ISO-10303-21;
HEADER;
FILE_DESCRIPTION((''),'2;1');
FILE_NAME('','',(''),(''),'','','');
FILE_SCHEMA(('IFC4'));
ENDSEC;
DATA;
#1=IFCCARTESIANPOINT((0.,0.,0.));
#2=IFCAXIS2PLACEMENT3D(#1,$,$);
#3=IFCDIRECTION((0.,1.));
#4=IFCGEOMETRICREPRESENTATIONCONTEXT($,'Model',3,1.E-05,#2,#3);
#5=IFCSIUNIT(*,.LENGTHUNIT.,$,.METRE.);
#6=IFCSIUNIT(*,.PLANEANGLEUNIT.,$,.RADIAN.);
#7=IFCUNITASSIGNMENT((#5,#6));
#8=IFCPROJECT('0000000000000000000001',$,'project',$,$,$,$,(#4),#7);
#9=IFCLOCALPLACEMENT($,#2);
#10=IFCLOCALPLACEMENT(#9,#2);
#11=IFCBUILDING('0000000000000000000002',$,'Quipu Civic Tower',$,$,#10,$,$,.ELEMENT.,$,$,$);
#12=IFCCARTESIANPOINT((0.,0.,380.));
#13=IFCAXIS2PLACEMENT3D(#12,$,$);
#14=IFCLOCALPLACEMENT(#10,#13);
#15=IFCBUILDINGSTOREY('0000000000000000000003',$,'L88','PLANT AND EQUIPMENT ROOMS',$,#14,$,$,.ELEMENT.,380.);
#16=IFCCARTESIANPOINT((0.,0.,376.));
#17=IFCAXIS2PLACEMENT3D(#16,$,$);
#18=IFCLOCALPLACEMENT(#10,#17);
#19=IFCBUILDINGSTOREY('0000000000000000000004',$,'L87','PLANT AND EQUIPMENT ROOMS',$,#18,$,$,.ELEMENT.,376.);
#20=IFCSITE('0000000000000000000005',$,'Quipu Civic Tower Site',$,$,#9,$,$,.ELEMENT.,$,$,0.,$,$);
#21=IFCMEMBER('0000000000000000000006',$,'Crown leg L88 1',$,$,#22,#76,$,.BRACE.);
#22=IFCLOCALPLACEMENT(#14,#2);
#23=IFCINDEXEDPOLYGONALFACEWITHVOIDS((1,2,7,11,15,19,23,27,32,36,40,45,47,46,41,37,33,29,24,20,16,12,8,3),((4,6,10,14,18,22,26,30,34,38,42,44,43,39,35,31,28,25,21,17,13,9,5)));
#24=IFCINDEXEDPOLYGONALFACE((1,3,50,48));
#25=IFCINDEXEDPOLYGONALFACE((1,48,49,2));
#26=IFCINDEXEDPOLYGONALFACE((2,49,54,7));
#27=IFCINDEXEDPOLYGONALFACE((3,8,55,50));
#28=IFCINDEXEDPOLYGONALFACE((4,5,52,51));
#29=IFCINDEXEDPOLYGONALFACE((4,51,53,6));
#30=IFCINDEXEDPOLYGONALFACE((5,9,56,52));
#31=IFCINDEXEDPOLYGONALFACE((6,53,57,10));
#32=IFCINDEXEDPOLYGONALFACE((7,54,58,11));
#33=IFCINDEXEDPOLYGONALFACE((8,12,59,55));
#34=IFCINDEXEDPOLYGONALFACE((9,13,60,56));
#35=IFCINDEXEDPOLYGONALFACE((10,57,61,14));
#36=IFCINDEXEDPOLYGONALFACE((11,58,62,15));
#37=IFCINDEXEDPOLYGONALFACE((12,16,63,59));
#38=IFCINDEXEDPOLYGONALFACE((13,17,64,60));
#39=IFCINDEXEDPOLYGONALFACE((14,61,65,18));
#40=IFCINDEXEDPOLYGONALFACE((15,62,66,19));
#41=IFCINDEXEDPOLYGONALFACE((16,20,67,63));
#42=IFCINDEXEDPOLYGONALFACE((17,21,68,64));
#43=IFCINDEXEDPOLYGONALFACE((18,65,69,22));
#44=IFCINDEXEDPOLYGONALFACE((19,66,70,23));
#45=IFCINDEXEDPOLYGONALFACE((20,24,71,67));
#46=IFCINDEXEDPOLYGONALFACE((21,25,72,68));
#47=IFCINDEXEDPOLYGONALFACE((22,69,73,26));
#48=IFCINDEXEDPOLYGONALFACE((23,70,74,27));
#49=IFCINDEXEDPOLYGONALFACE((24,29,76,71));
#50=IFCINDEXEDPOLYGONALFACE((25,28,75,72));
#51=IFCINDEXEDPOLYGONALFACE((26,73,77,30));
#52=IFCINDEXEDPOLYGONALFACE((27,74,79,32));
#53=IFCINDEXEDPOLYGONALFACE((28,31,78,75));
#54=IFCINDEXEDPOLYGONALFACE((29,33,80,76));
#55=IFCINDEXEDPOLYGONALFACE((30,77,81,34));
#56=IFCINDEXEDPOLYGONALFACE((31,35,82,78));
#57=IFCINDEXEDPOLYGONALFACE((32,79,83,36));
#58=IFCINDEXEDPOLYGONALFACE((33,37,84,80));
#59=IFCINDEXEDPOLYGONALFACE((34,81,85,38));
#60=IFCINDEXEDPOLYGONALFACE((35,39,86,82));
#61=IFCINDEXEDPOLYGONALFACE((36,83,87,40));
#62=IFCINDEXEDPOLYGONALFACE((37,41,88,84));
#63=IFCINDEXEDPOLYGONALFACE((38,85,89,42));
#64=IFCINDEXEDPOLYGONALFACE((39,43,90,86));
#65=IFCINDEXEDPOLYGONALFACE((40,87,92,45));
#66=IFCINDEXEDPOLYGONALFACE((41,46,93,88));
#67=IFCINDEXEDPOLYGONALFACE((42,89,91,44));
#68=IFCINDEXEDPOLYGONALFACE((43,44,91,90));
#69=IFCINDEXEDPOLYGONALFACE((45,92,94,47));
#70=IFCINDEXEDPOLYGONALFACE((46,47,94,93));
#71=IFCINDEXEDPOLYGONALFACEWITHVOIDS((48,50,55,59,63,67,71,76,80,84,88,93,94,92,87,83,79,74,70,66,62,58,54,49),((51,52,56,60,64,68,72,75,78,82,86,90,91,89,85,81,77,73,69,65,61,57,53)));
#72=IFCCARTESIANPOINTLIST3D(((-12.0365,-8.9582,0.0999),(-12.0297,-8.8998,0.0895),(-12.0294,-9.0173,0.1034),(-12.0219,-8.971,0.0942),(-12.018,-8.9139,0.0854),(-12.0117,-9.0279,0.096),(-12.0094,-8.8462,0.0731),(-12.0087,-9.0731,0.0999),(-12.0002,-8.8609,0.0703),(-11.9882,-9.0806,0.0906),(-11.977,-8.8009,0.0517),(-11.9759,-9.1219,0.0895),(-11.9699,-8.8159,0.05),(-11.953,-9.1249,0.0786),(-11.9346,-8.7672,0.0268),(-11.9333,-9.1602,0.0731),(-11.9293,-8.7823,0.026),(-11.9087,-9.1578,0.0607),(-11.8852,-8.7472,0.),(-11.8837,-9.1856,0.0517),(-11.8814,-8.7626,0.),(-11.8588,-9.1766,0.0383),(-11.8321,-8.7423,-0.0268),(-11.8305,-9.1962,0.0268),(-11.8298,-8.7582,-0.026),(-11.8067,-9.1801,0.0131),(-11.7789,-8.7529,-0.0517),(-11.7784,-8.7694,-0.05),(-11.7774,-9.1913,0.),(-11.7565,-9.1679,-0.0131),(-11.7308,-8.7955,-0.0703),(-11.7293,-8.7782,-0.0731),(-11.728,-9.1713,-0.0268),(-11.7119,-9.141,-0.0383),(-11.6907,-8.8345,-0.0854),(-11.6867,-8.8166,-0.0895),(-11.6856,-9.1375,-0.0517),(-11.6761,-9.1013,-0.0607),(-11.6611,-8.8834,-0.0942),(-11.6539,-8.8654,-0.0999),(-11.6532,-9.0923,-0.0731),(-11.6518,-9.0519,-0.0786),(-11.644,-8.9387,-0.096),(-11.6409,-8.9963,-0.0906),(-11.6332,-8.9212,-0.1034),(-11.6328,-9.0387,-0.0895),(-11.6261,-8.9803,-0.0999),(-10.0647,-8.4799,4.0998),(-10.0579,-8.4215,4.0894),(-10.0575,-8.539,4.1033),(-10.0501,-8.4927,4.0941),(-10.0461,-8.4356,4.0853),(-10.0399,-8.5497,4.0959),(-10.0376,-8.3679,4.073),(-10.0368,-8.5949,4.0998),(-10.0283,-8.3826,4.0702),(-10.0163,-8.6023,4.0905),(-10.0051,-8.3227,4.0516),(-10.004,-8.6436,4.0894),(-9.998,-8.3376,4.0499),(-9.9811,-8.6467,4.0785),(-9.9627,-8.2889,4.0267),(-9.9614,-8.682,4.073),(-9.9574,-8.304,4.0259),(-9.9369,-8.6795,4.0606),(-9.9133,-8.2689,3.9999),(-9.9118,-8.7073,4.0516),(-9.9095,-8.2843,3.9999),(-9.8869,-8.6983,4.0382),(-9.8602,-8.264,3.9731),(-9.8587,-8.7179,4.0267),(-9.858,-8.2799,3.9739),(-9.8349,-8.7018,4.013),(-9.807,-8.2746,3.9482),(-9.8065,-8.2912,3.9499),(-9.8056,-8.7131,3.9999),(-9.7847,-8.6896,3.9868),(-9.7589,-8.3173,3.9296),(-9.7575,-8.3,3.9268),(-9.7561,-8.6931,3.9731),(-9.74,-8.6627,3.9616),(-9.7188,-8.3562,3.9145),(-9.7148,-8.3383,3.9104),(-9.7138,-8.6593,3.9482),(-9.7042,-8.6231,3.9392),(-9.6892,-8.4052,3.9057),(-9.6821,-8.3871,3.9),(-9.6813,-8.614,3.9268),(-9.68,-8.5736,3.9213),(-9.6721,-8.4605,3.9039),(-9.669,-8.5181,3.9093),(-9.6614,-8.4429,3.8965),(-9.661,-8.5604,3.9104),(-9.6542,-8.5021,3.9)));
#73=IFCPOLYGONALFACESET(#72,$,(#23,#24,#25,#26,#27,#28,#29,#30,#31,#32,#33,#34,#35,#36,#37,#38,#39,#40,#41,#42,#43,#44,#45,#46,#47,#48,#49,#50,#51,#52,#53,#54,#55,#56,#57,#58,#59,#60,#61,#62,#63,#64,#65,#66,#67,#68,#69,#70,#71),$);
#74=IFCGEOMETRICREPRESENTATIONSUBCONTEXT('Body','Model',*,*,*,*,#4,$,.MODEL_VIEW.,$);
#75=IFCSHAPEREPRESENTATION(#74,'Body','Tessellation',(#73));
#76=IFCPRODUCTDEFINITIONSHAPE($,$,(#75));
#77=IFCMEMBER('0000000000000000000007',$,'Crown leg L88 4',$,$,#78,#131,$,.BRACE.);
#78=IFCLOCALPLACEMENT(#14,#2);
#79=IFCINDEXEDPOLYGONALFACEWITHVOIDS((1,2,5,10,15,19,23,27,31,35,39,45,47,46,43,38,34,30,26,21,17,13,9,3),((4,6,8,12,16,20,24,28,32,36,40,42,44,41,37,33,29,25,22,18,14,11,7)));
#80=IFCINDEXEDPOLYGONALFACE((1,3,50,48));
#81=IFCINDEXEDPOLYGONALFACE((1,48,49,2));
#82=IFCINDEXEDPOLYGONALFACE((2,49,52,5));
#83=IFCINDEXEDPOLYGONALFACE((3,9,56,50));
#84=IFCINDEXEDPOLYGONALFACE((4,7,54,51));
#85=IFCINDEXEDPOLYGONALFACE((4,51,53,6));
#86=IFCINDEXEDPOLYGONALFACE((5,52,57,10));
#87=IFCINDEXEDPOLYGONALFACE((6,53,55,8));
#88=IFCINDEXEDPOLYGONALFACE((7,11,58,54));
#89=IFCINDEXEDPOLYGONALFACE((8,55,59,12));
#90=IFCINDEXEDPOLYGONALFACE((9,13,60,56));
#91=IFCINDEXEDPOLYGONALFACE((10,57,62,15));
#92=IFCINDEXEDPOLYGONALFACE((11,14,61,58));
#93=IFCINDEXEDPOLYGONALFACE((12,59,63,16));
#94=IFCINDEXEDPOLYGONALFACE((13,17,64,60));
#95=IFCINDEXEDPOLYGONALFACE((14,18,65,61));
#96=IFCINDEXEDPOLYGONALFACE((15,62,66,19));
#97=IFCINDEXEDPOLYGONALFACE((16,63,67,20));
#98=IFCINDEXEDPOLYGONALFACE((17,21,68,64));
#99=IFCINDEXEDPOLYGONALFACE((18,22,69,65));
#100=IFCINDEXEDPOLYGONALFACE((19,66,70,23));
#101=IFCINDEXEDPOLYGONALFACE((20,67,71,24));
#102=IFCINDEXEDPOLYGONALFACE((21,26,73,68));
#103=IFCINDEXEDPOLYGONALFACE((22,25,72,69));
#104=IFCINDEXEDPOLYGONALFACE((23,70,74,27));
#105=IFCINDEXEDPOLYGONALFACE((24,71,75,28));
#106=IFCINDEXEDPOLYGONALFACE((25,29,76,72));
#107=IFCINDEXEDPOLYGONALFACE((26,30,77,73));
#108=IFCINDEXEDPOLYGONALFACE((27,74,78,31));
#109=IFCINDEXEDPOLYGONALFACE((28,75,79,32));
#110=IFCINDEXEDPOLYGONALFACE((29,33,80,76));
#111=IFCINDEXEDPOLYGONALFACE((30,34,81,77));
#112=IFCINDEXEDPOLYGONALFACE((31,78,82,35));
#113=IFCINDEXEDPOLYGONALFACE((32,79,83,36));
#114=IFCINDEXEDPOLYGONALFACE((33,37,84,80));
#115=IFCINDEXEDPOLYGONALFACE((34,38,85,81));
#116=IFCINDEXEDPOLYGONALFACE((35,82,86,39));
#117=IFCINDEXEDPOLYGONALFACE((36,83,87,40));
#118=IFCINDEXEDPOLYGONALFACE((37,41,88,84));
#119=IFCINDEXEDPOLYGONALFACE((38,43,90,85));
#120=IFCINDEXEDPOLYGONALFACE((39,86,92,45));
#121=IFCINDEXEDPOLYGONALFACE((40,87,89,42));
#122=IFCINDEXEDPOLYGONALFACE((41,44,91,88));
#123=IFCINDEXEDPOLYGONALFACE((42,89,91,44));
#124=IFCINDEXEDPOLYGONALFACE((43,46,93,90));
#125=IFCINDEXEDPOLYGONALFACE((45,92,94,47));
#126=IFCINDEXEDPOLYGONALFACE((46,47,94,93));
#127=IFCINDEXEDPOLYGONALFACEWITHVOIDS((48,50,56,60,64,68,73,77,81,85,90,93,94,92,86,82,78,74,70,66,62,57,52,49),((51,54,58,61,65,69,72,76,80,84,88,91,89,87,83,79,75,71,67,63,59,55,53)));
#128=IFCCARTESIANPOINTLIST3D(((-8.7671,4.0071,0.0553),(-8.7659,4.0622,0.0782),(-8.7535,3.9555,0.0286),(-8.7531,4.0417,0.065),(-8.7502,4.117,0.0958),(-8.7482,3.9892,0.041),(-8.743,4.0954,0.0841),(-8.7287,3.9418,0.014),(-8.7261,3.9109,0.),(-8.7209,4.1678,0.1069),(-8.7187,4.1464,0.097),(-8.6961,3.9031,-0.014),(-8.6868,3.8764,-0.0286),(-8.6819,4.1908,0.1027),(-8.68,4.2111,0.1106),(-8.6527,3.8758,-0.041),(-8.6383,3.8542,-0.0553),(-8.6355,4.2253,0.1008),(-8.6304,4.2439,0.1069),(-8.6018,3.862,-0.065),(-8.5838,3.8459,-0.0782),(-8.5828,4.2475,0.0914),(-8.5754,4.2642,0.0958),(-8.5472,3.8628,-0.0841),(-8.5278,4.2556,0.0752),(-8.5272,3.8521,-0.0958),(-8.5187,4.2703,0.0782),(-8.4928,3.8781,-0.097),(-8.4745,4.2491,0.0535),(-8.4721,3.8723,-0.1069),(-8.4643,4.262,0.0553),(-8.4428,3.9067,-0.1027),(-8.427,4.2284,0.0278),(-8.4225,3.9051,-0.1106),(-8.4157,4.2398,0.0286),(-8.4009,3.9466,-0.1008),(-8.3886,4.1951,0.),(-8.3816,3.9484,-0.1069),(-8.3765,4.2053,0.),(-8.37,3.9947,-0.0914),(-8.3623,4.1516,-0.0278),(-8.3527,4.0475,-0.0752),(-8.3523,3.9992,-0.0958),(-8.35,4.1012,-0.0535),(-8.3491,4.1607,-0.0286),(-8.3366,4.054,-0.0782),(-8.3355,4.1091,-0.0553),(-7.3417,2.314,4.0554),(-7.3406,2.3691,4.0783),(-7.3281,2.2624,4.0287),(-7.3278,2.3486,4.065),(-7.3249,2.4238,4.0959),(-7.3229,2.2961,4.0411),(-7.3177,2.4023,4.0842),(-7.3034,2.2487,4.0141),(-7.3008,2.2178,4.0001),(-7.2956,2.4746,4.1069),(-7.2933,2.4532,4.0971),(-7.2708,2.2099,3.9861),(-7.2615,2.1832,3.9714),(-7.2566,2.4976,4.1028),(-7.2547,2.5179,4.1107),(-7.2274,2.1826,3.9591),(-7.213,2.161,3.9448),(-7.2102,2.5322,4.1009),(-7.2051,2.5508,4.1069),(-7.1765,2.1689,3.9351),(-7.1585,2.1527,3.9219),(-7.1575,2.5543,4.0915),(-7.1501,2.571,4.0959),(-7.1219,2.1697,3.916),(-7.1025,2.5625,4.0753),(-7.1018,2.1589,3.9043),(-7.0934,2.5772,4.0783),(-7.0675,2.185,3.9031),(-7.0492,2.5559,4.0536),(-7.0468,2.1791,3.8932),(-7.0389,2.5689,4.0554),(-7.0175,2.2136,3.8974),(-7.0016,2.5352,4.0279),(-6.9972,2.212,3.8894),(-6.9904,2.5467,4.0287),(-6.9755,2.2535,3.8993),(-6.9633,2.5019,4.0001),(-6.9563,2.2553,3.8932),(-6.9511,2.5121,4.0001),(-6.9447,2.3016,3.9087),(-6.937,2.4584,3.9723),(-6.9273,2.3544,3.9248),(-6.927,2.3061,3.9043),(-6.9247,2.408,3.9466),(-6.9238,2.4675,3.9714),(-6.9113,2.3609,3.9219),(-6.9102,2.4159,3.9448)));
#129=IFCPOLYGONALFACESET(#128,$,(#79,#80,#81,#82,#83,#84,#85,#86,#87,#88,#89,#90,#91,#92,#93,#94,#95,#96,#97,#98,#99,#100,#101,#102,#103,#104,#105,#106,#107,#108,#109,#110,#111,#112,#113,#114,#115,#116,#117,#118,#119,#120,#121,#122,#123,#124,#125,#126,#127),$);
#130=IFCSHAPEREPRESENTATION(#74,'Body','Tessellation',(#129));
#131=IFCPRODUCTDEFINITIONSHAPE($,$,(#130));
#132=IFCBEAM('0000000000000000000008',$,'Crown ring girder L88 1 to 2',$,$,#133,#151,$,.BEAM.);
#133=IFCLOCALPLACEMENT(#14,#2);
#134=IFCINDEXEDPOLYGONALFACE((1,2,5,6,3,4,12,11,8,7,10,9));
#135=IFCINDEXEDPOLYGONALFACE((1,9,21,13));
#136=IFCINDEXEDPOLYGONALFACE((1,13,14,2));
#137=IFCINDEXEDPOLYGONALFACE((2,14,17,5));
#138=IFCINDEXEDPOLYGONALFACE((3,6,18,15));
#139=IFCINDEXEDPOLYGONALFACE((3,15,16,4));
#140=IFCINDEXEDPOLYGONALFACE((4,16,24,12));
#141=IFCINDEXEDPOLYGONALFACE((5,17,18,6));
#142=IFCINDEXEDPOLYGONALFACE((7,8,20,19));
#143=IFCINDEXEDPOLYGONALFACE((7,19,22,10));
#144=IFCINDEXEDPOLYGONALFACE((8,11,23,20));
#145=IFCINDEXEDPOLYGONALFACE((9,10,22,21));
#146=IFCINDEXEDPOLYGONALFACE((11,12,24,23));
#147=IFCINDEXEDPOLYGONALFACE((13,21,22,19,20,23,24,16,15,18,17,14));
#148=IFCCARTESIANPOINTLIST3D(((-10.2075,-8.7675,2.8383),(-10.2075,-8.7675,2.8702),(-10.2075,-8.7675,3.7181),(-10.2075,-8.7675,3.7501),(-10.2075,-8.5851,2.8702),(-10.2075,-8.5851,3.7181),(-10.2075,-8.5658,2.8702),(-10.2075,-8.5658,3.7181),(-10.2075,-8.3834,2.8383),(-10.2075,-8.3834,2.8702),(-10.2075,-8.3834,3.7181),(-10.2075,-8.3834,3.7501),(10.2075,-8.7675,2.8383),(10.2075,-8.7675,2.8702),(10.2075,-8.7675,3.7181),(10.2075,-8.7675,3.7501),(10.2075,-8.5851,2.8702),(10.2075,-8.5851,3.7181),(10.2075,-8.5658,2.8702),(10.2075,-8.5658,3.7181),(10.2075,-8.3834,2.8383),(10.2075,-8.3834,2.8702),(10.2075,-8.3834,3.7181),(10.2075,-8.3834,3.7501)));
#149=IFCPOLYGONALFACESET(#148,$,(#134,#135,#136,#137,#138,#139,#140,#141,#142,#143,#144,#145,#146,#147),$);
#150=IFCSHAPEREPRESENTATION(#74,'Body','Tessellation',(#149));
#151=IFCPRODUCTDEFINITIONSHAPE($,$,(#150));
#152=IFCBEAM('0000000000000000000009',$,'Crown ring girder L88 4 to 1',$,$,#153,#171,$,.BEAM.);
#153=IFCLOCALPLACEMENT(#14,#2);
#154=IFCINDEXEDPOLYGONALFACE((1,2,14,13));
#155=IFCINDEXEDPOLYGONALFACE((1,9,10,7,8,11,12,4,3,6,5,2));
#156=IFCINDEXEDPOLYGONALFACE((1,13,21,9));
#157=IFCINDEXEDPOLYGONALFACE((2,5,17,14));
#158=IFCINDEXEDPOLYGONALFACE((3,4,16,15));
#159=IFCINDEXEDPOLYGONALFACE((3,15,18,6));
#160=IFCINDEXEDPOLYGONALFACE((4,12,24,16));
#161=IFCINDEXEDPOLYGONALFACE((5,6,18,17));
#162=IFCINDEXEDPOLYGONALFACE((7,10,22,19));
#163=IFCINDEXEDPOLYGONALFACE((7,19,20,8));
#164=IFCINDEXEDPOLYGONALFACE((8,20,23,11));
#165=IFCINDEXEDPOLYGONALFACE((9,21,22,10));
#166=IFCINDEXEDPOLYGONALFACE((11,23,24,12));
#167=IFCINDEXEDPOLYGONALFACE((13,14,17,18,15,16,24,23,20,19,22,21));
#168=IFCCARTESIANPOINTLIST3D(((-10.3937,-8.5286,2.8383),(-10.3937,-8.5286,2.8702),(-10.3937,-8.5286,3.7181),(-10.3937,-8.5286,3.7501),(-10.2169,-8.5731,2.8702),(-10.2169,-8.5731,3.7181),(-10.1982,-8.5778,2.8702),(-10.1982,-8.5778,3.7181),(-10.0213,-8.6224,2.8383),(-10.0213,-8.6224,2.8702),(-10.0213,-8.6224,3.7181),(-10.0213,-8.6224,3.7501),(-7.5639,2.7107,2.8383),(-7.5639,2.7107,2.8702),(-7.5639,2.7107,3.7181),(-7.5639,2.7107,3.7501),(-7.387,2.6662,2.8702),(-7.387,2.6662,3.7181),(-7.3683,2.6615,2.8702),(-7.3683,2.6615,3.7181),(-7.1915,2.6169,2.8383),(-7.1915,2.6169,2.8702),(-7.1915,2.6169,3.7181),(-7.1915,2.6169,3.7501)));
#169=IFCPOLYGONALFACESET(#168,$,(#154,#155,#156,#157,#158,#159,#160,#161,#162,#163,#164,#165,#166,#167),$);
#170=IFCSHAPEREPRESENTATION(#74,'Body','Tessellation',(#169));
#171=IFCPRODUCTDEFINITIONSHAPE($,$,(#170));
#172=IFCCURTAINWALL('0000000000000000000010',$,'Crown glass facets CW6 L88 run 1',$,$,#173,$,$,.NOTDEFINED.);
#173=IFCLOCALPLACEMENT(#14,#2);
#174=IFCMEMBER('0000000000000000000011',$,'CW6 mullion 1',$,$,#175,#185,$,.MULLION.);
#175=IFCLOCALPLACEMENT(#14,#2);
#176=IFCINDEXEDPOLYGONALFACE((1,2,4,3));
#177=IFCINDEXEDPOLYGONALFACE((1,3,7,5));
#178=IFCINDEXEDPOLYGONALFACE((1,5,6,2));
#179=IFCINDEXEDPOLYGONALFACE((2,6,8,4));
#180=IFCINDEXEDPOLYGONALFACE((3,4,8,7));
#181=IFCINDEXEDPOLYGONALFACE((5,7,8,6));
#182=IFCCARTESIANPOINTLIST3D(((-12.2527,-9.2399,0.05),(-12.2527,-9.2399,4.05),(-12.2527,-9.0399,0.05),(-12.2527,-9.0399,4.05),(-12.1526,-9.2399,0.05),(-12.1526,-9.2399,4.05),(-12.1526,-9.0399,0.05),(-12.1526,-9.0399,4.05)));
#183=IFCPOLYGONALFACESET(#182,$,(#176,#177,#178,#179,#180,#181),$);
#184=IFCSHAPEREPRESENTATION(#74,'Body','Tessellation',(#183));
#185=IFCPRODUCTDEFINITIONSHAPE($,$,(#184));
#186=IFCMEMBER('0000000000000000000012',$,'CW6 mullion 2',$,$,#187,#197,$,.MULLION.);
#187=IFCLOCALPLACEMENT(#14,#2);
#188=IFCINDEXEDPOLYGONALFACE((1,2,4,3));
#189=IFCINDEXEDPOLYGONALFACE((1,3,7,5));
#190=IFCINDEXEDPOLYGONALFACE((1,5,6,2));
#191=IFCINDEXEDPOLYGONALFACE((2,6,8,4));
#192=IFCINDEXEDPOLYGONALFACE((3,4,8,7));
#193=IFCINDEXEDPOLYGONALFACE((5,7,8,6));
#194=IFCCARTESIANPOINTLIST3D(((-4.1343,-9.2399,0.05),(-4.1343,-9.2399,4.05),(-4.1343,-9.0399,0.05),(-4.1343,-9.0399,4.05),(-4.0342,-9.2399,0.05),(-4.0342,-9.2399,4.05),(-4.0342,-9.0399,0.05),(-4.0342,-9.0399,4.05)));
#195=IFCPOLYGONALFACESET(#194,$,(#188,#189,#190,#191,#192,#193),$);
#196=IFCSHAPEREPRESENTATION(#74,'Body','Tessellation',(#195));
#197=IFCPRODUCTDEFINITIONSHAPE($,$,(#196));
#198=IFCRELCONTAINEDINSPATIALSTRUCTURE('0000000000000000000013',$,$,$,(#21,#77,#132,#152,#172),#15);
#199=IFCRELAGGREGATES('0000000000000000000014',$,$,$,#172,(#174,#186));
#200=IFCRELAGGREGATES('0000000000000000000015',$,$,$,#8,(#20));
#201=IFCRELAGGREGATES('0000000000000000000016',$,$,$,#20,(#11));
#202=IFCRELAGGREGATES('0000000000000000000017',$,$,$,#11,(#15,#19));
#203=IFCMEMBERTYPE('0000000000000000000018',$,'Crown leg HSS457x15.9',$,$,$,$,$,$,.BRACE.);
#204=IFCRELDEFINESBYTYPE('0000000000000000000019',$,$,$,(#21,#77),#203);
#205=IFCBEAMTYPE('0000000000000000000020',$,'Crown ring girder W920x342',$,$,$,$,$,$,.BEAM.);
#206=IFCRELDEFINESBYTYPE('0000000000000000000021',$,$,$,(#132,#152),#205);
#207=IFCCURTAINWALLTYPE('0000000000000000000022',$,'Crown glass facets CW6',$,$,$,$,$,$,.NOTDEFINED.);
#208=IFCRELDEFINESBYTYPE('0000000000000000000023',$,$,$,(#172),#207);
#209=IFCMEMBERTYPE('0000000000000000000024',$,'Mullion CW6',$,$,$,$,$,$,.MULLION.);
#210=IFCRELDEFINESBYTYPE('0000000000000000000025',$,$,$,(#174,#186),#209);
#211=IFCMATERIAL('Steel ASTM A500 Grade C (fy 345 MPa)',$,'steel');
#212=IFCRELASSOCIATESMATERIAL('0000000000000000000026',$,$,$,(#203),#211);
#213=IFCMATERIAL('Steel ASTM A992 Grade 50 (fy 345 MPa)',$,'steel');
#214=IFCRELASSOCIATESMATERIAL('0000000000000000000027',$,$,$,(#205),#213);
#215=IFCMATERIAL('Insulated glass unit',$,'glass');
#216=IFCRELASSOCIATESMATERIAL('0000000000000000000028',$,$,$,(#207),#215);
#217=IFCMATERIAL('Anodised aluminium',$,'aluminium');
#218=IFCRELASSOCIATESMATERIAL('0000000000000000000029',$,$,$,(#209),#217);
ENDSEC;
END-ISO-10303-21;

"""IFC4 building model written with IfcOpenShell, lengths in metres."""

from ifc_helpers import new_model, si_unit, direction, frame, origin, origin_2d, place, context, subcontext, project, spatial, rectangle, hollow_circle, i_section, extrude, material, material_profile, profile_set, type_object, element, aggregate, save


model = new_model("IFC4")

# Units and contexts
model_context = context("Model", 3, precision=1e-05, world=origin(), true_north=direction((0.0, 1.0)))
body_context = subcontext(model_context, "Body", "Model", "MODEL_VIEW")
ifc_project = project(units=[si_unit("LENGTHUNIT", "METRE"), si_unit("PLANEANGLEUNIT", "RADIAN")], contexts=[model_context])

# Site, building, storey
site_placement = place(None, origin())
site = spatial("IfcSite", under=ifc_project, at=site_placement, Name="Quipu Civic Tower Site", CompositionType="ELEMENT", RefElevation=0.0)
building_placement = place(site_placement, origin())
building = spatial("IfcBuilding", under=site, at=building_placement, Name="Quipu Civic Tower", CompositionType="ELEMENT")
storey_1_placement = place(building_placement, frame((0.0, 0.0, 380.0)))
storey_1 = spatial("IfcBuildingStorey", under=building, at=storey_1_placement, Name="L88", Description="PLANT AND EQUIPMENT ROOMS", CompositionType="ELEMENT", Elevation=380.0)

# Members
ifc_material_1 = material(Name="Steel ASTM A500 Grade C (fy 345 MPa)", Category="steel")
ifc_material_profile_1 = material_profile(ifc_material_1, hollow_circle(Radius=0.2285, WallThickness=0.0159, at=origin_2d()), Name="HSS457x15.9")
ifc_profile_set_1 = profile_set([ifc_material_profile_1], Name="Steel ASTM A500 Grade C (fy 345 MPa)")
member_type_1 = type_object("IfcMemberType", Name="Crown leg HSS457x15.9", PredefinedType="BRACE", material=ifc_profile_set_1)
member_1_placement = place(storey_1_placement, frame((-11.8313, -8.9692, 0.0), z_axis=(0.439649, 0.106633, 0.891817), x_axis=(-0.235707, 0.971824, 0.0)))
element("IfcMember", 1, at=member_1_placement, inside=storey_1, type_object=member_type_1, Name="Crown leg L88 1", PredefinedType="BRACE", context=body_context, shape_type="SweptSolid", body=[
    extrude(hollow_circle(Radius=0.2285, WallThickness=0.0159, at=origin_2d()), origin(), (0.0, 0.0, 1.0), 4.4851),
])
member_2_placement = place(storey_1_placement, frame((-8.5513, 4.0581, 0.0), z_axis=(0.311782, -0.370368, 0.874997), x_axis=(0.76502, 0.644007, 0.0)))
element("IfcMember", 2, at=member_2_placement, inside=storey_1, type_object=member_type_1, Name="Crown leg L88 4", PredefinedType="BRACE", context=body_context, shape_type="SweptSolid", body=[
    extrude(hollow_circle(Radius=0.2285, WallThickness=0.0159, at=origin_2d()), origin(), (0.0, 0.0, 1.0), 4.5715),
])

# Beams
ifc_material_2 = material(Name="Steel ASTM A992 Grade 50 (fy 345 MPa)", Category="steel")
ifc_material_profile_2 = material_profile(ifc_material_2, i_section(OverallWidth=0.384, OverallDepth=0.9119, WebThickness=0.0193, FlangeThickness=0.032, at=origin_2d()), Name="W920x342")
ifc_profile_set_2 = profile_set([ifc_material_profile_2], Name="Steel ASTM A992 Grade 50 (fy 345 MPa)")
beam_type = type_object("IfcBeamType", Name="Crown ring girder W920x342", PredefinedType="BEAM", material=ifc_profile_set_2)
beam_1_placement = place(storey_1_placement, frame((-10.2075, -8.5754, 3.2942), z_axis=(1.0, 0.0, 0.0), x_axis=(0.0, 1.0, 0.0)))
element("IfcBeam", 3, at=beam_1_placement, inside=storey_1, type_object=beam_type, Name="Crown ring girder L88 1 to 2", PredefinedType="BEAM", context=body_context, shape_type="SweptSolid", body=[
    extrude(i_section(OverallWidth=0.384, OverallDepth=0.9119, WebThickness=0.0193, FlangeThickness=0.032, at=origin_2d()), origin(), (0.0, 0.0, 1.0), 20.415),
])
beam_2_placement = place(storey_1_placement, frame((-7.3777, 2.6638, 3.2942), z_axis=(-0.244161, -0.969735, 0.0), x_axis=(0.969735, -0.244161, 0.0)))
element("IfcBeam", 4, at=beam_2_placement, inside=storey_1, type_object=beam_type, Name="Crown ring girder L88 4 to 1", PredefinedType="BEAM", context=body_context, shape_type="SweptSolid", body=[
    extrude(i_section(OverallWidth=0.384, OverallDepth=0.9119, WebThickness=0.0193, FlangeThickness=0.032, at=origin_2d()), origin(), (0.0, 0.0, 1.0), 11.5901),
])

# Curtain wall, members
ifc_material_3 = material(Name="Insulated glass unit", Category="glass")
curtain_wall_type_1 = type_object("IfcCurtainWallType", Name="Crown glass facets CW6", PredefinedType="NOTDEFINED", material=ifc_material_3)
curtain_wall_1_placement = place(storey_1_placement, origin())
curtain_wall_1 = element("IfcCurtainWall", 5, at=curtain_wall_1_placement, inside=storey_1, type_object=curtain_wall_type_1, Name="Crown glass facets CW6 L88 run 1", PredefinedType="NOTDEFINED")
ifc_material_4 = material(Name="Anodised aluminium", Category="aluminium")
ifc_material_profile_3 = material_profile(ifc_material_4, rectangle(XDim=0.2, YDim=0.1001, at=origin_2d()), Name="RECT 200x100")
ifc_profile_set_3 = profile_set([ifc_material_profile_3], Name="Anodised aluminium")
member_type_2 = type_object("IfcMemberType", Name="Mullion CW6", PredefinedType="MULLION", material=ifc_profile_set_3)
member_3_placement = place(storey_1_placement, frame((-12.2026, -9.1399, 0.05), z_axis=(0.0, 0.0, 1.0), x_axis=(0.0, 1.0, 0.0)))
member_3 = element("IfcMember", 6, at=member_3_placement, type_object=member_type_2, Name="CW6 mullion 1", PredefinedType="MULLION", context=body_context, shape_type="SweptSolid", body=[
    extrude(rectangle(XDim=0.2, YDim=0.1001, at=origin_2d()), origin(), (0.0, 0.0, 1.0), 4.0),
])
member_4_placement = place(storey_1_placement, frame((-4.0842, -9.1399, 0.05), z_axis=(0.0, 0.0, 1.0), x_axis=(0.0, 1.0, 0.0)))
member_4 = element("IfcMember", 7, at=member_4_placement, type_object=member_type_2, Name="CW6 mullion 2", PredefinedType="MULLION", context=body_context, shape_type="SweptSolid", body=[
    extrude(rectangle(XDim=0.2, YDim=0.1001, at=origin_2d()), origin(), (0.0, 0.0, 1.0), 4.0),
])

# Shared definitions
storey_2_placement = place(building_placement, frame((0.0, 0.0, 376.0)))
storey_2 = spatial("IfcBuildingStorey", under=building, at=storey_2_placement, Name="L87", Description="PLANT AND EQUIPMENT ROOMS", CompositionType="ELEMENT", Elevation=376.0)

aggregate(curtain_wall_1, [member_3, member_4])

save(model, "model.ifc")
